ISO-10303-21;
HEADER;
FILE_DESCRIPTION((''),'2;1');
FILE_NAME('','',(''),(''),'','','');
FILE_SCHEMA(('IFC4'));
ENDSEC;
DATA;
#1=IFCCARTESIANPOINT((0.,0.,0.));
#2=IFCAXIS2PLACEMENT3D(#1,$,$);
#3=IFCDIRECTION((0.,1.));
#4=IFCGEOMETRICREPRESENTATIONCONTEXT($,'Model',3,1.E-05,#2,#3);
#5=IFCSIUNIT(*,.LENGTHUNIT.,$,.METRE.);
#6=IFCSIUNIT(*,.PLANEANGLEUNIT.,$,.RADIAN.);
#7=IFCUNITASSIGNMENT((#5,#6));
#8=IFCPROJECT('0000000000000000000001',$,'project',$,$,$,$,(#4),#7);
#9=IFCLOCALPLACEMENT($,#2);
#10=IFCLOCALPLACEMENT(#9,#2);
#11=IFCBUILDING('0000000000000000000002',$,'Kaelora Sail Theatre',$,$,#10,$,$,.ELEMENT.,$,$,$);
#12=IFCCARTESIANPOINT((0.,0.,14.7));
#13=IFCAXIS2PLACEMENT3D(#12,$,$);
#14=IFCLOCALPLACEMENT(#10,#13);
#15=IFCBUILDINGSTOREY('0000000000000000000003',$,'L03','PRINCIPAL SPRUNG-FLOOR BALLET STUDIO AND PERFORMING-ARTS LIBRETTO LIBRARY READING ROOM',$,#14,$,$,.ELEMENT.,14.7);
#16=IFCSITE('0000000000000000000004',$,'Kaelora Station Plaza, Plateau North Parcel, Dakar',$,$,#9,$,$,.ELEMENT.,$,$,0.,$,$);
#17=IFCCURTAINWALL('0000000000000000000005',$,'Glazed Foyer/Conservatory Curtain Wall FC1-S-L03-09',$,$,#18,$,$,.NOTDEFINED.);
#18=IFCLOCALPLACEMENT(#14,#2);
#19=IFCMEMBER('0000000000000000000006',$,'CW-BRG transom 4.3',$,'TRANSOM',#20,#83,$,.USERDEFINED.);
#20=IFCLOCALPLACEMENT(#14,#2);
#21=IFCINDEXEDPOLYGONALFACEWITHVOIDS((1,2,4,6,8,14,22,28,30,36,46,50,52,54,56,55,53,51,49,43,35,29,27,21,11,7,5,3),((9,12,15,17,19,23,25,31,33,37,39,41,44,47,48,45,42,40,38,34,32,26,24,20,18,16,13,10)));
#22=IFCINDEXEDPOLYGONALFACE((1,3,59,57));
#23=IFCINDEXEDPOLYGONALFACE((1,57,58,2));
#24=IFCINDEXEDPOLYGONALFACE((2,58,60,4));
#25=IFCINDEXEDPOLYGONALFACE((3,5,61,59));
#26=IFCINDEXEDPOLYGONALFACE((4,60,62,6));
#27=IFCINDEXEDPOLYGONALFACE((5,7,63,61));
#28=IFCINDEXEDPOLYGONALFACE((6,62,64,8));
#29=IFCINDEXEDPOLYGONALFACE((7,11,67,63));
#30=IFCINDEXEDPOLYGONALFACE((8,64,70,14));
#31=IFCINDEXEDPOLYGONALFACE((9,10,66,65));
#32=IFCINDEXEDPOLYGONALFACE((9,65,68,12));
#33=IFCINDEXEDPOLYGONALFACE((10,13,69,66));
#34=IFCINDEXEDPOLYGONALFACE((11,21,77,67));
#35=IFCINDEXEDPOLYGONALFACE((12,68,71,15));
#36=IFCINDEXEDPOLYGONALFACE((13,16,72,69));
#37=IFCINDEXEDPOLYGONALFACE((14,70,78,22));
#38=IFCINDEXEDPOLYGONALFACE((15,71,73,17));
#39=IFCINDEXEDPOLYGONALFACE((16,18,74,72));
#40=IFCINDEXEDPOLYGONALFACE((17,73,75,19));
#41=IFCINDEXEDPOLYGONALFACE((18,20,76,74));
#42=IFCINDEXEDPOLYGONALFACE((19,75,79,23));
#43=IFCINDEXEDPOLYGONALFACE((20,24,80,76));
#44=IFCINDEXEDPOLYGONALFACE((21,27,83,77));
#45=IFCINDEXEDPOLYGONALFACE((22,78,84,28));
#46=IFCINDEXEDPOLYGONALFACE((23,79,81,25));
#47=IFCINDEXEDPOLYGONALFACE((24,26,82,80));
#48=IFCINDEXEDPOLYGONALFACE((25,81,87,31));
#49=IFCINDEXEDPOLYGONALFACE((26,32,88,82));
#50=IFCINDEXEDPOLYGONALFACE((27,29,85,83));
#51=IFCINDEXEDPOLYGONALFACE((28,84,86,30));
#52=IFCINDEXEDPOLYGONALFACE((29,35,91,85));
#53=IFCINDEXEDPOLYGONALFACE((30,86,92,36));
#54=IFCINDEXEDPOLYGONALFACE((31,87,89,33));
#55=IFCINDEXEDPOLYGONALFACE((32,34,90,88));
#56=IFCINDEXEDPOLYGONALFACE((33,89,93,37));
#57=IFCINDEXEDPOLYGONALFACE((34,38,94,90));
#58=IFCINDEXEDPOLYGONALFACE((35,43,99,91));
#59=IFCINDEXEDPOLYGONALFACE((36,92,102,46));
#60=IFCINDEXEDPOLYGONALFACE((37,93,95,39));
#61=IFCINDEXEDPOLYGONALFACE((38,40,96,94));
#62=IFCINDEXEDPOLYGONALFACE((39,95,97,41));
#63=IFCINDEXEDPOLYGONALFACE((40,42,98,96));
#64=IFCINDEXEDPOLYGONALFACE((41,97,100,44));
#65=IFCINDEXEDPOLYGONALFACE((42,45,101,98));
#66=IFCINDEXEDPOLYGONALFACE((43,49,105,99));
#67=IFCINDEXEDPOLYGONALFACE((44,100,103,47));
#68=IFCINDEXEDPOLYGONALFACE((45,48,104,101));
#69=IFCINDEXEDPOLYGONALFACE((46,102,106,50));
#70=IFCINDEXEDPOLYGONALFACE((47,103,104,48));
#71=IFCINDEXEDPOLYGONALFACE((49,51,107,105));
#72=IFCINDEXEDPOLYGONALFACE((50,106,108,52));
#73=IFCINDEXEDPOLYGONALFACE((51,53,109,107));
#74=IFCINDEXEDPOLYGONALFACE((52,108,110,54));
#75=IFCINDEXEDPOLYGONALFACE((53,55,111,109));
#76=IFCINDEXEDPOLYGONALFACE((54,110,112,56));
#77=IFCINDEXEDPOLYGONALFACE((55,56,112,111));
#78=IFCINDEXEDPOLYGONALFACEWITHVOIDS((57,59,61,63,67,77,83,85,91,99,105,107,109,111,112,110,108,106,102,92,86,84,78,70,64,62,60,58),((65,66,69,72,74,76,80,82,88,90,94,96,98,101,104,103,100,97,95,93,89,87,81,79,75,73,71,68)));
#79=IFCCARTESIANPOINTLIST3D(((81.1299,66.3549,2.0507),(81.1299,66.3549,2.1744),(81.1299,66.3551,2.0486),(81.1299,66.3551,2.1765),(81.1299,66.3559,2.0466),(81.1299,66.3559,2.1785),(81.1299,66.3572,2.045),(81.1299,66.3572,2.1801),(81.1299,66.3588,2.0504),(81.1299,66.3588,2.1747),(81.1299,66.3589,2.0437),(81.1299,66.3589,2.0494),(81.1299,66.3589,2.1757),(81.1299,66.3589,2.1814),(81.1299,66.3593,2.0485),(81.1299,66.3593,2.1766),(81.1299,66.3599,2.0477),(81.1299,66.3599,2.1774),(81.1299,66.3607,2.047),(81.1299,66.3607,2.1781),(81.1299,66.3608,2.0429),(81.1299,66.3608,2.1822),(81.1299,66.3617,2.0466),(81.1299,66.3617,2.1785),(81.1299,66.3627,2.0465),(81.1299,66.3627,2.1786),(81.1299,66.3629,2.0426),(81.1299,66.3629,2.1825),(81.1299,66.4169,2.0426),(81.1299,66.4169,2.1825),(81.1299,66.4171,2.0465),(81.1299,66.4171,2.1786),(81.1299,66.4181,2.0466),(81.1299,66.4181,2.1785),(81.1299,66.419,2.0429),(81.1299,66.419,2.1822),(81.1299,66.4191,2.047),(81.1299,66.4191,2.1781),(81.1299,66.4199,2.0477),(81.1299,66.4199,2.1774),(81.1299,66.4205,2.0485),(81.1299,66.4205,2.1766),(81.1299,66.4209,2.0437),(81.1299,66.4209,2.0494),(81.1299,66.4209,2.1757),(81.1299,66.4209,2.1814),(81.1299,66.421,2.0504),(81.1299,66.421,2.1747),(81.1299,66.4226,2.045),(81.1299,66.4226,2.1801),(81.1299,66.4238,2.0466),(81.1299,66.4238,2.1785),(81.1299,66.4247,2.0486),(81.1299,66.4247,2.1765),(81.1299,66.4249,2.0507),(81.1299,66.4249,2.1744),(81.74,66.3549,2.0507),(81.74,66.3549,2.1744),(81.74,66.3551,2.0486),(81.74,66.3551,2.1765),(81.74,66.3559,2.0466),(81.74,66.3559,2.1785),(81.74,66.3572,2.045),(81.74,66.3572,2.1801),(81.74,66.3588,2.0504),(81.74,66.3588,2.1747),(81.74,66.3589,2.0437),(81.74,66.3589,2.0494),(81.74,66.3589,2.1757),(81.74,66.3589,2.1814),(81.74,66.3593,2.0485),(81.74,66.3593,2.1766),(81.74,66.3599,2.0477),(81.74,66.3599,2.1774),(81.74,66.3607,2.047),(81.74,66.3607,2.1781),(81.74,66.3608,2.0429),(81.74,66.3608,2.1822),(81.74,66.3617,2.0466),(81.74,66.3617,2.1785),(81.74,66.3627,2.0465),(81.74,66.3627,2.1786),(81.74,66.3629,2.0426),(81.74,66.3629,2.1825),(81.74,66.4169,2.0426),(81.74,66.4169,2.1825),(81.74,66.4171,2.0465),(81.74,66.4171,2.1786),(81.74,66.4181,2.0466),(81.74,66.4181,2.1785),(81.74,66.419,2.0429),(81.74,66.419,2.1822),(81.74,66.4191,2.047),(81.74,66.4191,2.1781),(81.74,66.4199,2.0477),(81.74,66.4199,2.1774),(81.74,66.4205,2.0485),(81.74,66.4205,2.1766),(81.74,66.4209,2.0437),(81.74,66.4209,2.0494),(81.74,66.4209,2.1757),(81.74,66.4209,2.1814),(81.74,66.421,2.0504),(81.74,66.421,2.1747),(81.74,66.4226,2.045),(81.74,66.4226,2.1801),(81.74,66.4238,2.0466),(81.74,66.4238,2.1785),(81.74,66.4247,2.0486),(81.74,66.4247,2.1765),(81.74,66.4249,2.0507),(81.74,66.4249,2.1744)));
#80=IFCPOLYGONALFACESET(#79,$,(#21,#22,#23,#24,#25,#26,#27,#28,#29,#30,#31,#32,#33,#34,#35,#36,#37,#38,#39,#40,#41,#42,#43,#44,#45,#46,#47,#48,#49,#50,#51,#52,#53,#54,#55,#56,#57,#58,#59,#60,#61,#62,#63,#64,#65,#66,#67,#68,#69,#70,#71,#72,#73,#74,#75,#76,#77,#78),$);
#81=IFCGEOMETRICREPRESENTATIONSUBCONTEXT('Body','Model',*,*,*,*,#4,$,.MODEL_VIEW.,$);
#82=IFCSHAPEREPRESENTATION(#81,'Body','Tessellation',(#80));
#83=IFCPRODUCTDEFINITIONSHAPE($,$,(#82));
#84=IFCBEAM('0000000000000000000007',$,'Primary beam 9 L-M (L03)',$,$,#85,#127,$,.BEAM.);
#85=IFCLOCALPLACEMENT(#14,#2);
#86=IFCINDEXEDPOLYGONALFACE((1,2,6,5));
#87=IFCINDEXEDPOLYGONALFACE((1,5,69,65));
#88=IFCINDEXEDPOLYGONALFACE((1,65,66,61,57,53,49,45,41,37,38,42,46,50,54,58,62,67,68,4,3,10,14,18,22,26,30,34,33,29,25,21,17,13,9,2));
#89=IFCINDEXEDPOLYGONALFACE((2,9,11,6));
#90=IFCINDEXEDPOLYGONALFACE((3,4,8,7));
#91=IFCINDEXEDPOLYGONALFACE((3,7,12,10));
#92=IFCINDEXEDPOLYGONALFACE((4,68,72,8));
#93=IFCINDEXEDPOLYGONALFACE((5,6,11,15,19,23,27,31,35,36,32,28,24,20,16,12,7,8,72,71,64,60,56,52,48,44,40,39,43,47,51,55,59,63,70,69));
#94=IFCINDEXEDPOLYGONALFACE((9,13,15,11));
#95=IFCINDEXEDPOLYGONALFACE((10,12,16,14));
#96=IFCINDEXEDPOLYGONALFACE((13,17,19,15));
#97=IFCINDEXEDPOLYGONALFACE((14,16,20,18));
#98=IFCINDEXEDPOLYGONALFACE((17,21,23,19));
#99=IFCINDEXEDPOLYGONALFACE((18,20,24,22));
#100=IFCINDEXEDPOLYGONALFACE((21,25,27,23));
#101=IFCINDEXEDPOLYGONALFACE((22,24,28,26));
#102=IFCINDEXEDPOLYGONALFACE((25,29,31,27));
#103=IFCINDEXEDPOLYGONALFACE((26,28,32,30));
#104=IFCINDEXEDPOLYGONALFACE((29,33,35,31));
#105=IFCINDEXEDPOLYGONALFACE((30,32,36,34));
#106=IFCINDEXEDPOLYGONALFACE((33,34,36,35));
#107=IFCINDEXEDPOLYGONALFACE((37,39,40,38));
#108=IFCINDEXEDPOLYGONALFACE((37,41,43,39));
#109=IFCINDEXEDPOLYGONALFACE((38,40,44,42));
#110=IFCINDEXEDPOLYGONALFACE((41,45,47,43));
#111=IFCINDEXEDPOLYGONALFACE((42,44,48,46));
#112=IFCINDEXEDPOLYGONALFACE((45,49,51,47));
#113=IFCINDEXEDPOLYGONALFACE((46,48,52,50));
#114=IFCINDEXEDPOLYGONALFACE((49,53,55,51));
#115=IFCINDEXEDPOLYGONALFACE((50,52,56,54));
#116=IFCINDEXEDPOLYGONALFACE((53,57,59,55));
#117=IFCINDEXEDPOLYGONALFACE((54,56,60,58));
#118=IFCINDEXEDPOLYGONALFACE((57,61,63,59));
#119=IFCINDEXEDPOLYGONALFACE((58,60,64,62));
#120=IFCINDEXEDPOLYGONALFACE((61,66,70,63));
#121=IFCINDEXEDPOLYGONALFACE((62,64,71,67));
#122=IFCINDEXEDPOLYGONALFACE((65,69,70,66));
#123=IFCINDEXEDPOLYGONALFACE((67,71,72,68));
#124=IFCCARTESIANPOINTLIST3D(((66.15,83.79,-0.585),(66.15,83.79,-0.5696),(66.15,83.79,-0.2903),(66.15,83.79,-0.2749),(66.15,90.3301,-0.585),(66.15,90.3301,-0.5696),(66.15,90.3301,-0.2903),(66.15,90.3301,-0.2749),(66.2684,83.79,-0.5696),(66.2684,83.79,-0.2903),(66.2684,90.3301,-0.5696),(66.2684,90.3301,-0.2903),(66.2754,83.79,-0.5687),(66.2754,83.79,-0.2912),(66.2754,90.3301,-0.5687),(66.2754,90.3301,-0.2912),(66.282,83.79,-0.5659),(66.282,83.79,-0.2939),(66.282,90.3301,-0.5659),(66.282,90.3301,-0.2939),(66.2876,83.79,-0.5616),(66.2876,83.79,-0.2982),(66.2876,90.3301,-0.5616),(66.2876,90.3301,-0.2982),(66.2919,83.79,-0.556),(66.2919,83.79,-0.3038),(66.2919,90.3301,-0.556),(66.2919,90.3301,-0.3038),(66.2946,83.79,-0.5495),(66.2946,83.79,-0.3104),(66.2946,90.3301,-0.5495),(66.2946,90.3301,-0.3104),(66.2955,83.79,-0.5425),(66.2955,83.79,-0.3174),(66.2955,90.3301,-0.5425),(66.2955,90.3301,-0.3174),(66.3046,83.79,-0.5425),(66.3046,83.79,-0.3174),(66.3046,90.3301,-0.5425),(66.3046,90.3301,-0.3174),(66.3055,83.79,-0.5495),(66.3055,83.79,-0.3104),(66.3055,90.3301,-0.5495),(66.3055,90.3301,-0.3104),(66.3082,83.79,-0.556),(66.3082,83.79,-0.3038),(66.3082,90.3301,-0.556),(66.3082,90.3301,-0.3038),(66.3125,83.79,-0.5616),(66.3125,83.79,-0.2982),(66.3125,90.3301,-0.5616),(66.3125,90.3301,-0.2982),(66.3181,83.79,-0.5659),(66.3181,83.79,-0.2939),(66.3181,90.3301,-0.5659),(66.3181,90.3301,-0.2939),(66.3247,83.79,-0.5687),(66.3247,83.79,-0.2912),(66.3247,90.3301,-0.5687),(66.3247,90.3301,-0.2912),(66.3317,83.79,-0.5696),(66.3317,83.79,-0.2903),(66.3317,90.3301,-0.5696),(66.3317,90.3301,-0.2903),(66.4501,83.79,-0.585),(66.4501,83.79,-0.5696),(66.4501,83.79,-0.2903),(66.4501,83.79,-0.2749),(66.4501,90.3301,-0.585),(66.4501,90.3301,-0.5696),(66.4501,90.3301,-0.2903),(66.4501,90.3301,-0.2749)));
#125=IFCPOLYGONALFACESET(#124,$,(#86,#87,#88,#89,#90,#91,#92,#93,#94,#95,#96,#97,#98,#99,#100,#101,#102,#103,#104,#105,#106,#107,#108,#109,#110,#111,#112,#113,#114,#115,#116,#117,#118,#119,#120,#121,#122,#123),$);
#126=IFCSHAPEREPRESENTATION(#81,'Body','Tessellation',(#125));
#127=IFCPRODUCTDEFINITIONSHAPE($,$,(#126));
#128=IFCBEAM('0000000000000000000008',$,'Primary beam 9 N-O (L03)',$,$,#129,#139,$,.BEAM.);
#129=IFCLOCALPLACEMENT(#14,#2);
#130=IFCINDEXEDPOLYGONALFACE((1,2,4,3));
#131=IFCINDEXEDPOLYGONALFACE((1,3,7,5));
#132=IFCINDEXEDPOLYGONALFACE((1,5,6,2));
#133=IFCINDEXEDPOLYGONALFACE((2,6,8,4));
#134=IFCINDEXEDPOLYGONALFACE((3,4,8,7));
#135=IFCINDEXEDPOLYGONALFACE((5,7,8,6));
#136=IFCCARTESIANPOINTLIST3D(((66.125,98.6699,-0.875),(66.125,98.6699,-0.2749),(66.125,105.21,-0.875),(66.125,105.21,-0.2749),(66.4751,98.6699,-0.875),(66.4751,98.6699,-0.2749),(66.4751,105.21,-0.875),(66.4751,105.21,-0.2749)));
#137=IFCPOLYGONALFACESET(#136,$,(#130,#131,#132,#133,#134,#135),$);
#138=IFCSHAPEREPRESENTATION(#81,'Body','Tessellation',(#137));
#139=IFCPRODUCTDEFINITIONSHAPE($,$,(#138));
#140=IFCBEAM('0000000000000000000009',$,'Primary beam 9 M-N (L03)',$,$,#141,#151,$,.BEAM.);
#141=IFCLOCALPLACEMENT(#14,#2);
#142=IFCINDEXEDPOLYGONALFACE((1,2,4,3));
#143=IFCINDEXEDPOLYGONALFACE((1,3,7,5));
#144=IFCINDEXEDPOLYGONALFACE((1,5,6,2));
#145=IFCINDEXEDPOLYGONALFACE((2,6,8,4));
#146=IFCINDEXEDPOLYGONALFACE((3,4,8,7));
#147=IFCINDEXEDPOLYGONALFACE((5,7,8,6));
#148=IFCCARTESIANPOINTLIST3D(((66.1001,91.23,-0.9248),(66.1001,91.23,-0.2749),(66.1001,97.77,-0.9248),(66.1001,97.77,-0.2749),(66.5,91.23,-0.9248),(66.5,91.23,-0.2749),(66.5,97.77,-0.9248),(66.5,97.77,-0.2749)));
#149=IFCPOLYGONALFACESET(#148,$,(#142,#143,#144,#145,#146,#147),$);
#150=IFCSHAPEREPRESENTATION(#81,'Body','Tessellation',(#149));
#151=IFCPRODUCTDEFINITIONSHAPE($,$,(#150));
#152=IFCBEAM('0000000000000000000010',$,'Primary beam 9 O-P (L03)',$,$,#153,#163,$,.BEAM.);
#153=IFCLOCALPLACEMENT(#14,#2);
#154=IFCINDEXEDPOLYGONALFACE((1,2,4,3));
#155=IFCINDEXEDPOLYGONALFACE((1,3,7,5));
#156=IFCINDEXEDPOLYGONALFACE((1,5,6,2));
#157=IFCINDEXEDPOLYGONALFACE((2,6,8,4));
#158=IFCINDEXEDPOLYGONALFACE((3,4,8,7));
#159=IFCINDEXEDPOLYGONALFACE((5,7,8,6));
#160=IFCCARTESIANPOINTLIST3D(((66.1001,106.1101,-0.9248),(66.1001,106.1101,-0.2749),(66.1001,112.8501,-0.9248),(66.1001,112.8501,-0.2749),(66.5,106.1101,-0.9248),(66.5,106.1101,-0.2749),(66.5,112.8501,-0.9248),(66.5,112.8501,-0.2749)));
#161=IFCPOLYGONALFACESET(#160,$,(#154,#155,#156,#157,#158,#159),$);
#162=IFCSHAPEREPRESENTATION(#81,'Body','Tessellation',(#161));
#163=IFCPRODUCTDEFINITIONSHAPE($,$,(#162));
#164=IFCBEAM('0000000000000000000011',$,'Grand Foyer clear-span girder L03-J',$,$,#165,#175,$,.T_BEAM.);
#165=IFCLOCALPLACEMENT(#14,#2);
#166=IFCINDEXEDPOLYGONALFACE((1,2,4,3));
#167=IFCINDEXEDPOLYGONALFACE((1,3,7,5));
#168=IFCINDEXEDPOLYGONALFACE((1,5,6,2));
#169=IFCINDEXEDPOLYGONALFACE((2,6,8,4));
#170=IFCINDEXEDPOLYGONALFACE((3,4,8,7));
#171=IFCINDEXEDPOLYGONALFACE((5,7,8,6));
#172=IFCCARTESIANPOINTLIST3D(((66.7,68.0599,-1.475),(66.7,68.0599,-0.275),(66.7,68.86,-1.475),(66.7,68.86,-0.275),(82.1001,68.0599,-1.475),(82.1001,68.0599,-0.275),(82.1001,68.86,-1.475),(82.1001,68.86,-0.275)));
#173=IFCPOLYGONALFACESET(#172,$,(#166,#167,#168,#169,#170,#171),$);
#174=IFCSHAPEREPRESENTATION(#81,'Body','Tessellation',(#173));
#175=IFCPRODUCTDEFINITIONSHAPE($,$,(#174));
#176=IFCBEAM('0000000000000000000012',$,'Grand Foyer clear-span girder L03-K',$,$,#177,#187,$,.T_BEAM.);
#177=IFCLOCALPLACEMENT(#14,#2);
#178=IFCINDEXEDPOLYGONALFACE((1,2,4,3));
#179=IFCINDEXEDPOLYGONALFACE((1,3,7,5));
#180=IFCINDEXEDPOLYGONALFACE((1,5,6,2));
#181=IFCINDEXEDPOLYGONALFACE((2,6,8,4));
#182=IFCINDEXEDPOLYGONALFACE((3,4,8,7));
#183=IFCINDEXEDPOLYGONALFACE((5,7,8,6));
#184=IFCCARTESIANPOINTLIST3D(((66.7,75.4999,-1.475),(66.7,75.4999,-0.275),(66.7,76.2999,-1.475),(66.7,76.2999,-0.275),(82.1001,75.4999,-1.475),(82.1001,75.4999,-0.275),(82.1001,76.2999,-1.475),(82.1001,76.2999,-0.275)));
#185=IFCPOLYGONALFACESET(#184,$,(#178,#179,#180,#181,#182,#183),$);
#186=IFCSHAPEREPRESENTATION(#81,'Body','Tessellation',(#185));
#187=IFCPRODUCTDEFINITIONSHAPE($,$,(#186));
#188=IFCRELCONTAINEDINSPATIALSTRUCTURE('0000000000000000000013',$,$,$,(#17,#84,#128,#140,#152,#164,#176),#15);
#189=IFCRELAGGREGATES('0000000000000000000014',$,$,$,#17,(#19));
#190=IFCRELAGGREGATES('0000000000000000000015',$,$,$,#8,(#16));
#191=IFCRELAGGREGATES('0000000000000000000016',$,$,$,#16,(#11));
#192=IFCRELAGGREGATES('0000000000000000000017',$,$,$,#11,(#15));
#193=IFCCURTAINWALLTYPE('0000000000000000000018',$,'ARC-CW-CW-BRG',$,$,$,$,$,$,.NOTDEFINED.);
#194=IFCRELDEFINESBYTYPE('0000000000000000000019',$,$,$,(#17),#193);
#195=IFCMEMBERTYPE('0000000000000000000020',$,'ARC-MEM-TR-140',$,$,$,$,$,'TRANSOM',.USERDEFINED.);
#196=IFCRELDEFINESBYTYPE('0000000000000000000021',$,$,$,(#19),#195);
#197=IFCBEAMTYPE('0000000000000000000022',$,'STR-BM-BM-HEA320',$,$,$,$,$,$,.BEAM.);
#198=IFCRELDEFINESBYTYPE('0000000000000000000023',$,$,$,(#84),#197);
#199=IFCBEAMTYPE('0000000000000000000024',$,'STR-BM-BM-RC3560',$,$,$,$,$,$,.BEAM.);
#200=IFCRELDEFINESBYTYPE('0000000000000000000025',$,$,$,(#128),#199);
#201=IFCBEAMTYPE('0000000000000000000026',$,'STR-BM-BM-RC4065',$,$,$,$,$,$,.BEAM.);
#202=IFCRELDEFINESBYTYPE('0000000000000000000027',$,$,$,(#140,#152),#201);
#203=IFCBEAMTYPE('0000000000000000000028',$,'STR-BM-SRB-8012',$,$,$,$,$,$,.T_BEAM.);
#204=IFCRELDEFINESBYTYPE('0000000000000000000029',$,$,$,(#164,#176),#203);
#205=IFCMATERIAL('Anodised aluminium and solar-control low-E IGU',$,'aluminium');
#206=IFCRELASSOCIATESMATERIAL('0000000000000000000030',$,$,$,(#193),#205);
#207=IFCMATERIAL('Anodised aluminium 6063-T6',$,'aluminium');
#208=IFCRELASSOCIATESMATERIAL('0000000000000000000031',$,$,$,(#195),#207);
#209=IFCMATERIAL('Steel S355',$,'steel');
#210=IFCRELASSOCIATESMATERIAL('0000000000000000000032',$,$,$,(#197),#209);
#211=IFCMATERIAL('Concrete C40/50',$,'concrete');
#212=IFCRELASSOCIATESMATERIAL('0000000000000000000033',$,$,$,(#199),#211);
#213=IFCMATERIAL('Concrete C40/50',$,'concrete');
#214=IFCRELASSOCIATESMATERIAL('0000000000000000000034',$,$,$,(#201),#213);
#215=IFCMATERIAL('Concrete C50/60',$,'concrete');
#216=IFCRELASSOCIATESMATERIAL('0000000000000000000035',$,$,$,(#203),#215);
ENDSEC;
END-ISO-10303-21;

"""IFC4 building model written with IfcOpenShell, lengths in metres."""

from ifc_helpers import new_model, si_unit, direction, frame, origin, origin_2d, place, context, subcontext, project, spatial, rectangle, hollow_rectangle, i_section, extrude, material, material_profile, profile_set, type_object, element, aggregate, save


model = new_model("IFC4")

# Units and contexts
model_context = context("Model", 3, precision=1e-05, world=origin(), true_north=direction((0.0, 1.0)))
body_context = subcontext(model_context, "Body", "Model", "MODEL_VIEW")
ifc_project = project(units=[si_unit("LENGTHUNIT", "METRE"), si_unit("PLANEANGLEUNIT", "RADIAN")], contexts=[model_context])

# Site, building, storey
site_placement = place(None, origin())
site = spatial("IfcSite", under=ifc_project, at=site_placement, Name="Kaelora Station Plaza, Plateau North Parcel, Dakar", CompositionType="ELEMENT", RefElevation=0.0)
building_placement = place(site_placement, origin())
building = spatial("IfcBuilding", under=site, at=building_placement, Name="Kaelora Sail Theatre", CompositionType="ELEMENT")
storey_placement = place(building_placement, frame((0.0, 0.0, 14.7)))
storey = spatial("IfcBuildingStorey", under=building, at=storey_placement, Name="L03", Description="PRINCIPAL SPRUNG-FLOOR BALLET STUDIO AND PERFORMING-ARTS LIBRETTO LIBRARY READING ROOM", CompositionType="ELEMENT", Elevation=14.7)

# Curtain wall, member
ifc_material_1 = material(Name="Anodised aluminium and solar-control low-E IGU", Category="aluminium")
curtain_wall_type = type_object("IfcCurtainWallType", Name="ARC-CW-CW-BRG", PredefinedType="NOTDEFINED", material=ifc_material_1)
curtain_wall_placement = place(storey_placement, origin())
curtain_wall = element("IfcCurtainWall", 1, at=curtain_wall_placement, inside=storey, type_object=curtain_wall_type, Name="Glazed Foyer/Conservatory Curtain Wall FC1-S-L03-09", PredefinedType="NOTDEFINED")
ifc_material_2 = material(Name="Anodised aluminium 6063-T6", Category="aluminium")
ifc_material_profile_1 = material_profile(ifc_material_2, hollow_rectangle(XDim=0.0701, YDim=0.1399, WallThickness=0.0039, InnerFilletRadius=0.0039, OuterFilletRadius=0.0081, at=origin_2d()), Name="ALU-TRAN 70x140x4")
ifc_profile_set_1 = profile_set([ifc_material_profile_1], Name="Anodised aluminium 6063-T6")
member_type_1 = type_object("IfcMemberType", Name="ARC-MEM-TR-140", ElementType="TRANSOM", PredefinedType="USERDEFINED", material=ifc_profile_set_1)
member_1_placement = place(storey_placement, frame((81.1299, 66.3899, 2.1125), z_axis=(1.0, 0.0, 0.0), x_axis=(0.0, 1.0, 0.0)))
member_1 = element("IfcMember", 2, at=member_1_placement, type_object=member_type_1, Name="CW-BRG transom 4.3", ObjectType="TRANSOM", PredefinedType="USERDEFINED", context=body_context, shape_type="SweptSolid", body=[
    extrude(hollow_rectangle(XDim=0.0701, YDim=0.1399, WallThickness=0.0039, InnerFilletRadius=0.0039, OuterFilletRadius=0.0081, at=origin_2d()), origin(), (0.0, 0.0, 1.0), 0.6101),
])
aggregate(curtain_wall, [member_1])

# Beams
ifc_material_3 = material(Name="Steel S355", Category="steel")
ifc_material_profile_2 = material_profile(ifc_material_3, i_section(OverallWidth=0.3, OverallDepth=0.3101, WebThickness=0.009, FlangeThickness=0.0154, FilletRadius=0.0271, at=origin_2d()), Name="HEA 320")
ifc_profile_set_2 = profile_set([ifc_material_profile_2], Name="Steel S355")
beam_type_1 = type_object("IfcBeamType", Name="STR-BM-BM-HEA320", PredefinedType="BEAM", material=ifc_profile_set_2)
beam_1_placement = place(storey_placement, frame((66.3, 83.79, -0.4299), z_axis=(0.0, 1.0, 0.0), x_axis=(-1.0, 0.0, 0.0)))
element("IfcBeam", 3, at=beam_1_placement, inside=storey, type_object=beam_type_1, Name="Primary beam 9 L-M (L03)", PredefinedType="BEAM", context=body_context, shape_type="SweptSolid", body=[
    extrude(i_section(OverallWidth=0.3, OverallDepth=0.3101, WebThickness=0.009, FlangeThickness=0.0154, FilletRadius=0.0271, at=origin_2d()), origin(), (0.0, 0.0, 1.0), 6.54),
])
ifc_material_4 = material(Name="Concrete C40/50", Category="concrete")
ifc_material_profile_3 = material_profile(ifc_material_4, rectangle(XDim=0.3501, YDim=0.6001, at=origin_2d()), Name="RC-BM 350x600")
ifc_profile_set_3 = profile_set([ifc_material_profile_3], Name="Concrete C40/50")
beam_type_2 = type_object("IfcBeamType", Name="STR-BM-BM-RC3560", PredefinedType="BEAM", material=ifc_profile_set_3)
beam_2_placement = place(storey_placement, frame((66.3, 98.6699, -0.575), z_axis=(0.0, 1.0, 0.0), x_axis=(-1.0, 0.0, 0.0)))
element("IfcBeam", 4, at=beam_2_placement, inside=storey, type_object=beam_type_2, Name="Primary beam 9 N-O (L03)", PredefinedType="BEAM", context=body_context, shape_type="SweptSolid", body=[
    extrude(rectangle(XDim=0.3501, YDim=0.6001, at=origin_2d()), origin(), (0.0, 0.0, 1.0), 6.54),
])
ifc_material_5 = material(Name="Concrete C40/50", Category="concrete")
ifc_material_profile_4 = material_profile(ifc_material_5, rectangle(XDim=0.3999, YDim=0.6499, at=origin_2d()), Name="RC-BM 400x650")
ifc_profile_set_4 = profile_set([ifc_material_profile_4], Name="Concrete C40/50")
beam_type_3 = type_object("IfcBeamType", Name="STR-BM-BM-RC4065", PredefinedType="BEAM", material=ifc_profile_set_4)
beam_3_placement = place(storey_placement, frame((66.3, 91.23, -0.5999), z_axis=(0.0, 1.0, 0.0), x_axis=(-1.0, 0.0, 0.0)))
element("IfcBeam", 5, at=beam_3_placement, inside=storey, type_object=beam_type_3, Name="Primary beam 9 M-N (L03)", PredefinedType="BEAM", context=body_context, shape_type="SweptSolid", body=[
    extrude(rectangle(XDim=0.3999, YDim=0.6499, at=origin_2d()), origin(), (0.0, 0.0, 1.0), 6.54),
])
beam_4_placement = place(storey_placement, frame((66.3, 106.1101, -0.5999), z_axis=(0.0, 1.0, 0.0), x_axis=(-1.0, 0.0, 0.0)))
element("IfcBeam", 6, at=beam_4_placement, inside=storey, type_object=beam_type_3, Name="Primary beam 9 O-P (L03)", PredefinedType="BEAM", context=body_context, shape_type="SweptSolid", body=[
    extrude(rectangle(XDim=0.3999, YDim=0.6499, at=origin_2d()), origin(), (0.0, 0.0, 1.0), 6.74),
])
ifc_material_6 = material(Name="Concrete C50/60", Category="concrete")
ifc_material_profile_5 = material_profile(ifc_material_6, rectangle(XDim=0.8, YDim=1.2, at=origin_2d()), Name="RC-SRB 800x1200")
ifc_profile_set_5 = profile_set([ifc_material_profile_5], Name="Concrete C50/60")
beam_type_4 = type_object("IfcBeamType", Name="STR-BM-SRB-8012", PredefinedType="T_BEAM", material=ifc_profile_set_5)
for number, where, z_axis, x_axis, name in (
    (7, (66.7, 68.46, -0.875), (1.0, 0.0, 0.0), (0.0, 1.0, 0.0), "Grand Foyer clear-span girder L03-J"),
    (8, (66.7, 75.8999, -0.875), (1.0, 0.0, 0.0), (0.0, 1.0, 0.0), "Grand Foyer clear-span girder L03-K"),
):
    element("IfcBeam", number, at=place(storey_placement, frame(where, z_axis=z_axis, x_axis=x_axis)), inside=storey, type_object=beam_type_4, Name=name, PredefinedType="T_BEAM", context=body_context, shape_type="SweptSolid", body=[
        extrude(rectangle(XDim=0.8, YDim=1.2, at=origin_2d()), origin(), (0.0, 0.0, 1.0), 15.4001),
    ])

save(model, "model.ifc")
